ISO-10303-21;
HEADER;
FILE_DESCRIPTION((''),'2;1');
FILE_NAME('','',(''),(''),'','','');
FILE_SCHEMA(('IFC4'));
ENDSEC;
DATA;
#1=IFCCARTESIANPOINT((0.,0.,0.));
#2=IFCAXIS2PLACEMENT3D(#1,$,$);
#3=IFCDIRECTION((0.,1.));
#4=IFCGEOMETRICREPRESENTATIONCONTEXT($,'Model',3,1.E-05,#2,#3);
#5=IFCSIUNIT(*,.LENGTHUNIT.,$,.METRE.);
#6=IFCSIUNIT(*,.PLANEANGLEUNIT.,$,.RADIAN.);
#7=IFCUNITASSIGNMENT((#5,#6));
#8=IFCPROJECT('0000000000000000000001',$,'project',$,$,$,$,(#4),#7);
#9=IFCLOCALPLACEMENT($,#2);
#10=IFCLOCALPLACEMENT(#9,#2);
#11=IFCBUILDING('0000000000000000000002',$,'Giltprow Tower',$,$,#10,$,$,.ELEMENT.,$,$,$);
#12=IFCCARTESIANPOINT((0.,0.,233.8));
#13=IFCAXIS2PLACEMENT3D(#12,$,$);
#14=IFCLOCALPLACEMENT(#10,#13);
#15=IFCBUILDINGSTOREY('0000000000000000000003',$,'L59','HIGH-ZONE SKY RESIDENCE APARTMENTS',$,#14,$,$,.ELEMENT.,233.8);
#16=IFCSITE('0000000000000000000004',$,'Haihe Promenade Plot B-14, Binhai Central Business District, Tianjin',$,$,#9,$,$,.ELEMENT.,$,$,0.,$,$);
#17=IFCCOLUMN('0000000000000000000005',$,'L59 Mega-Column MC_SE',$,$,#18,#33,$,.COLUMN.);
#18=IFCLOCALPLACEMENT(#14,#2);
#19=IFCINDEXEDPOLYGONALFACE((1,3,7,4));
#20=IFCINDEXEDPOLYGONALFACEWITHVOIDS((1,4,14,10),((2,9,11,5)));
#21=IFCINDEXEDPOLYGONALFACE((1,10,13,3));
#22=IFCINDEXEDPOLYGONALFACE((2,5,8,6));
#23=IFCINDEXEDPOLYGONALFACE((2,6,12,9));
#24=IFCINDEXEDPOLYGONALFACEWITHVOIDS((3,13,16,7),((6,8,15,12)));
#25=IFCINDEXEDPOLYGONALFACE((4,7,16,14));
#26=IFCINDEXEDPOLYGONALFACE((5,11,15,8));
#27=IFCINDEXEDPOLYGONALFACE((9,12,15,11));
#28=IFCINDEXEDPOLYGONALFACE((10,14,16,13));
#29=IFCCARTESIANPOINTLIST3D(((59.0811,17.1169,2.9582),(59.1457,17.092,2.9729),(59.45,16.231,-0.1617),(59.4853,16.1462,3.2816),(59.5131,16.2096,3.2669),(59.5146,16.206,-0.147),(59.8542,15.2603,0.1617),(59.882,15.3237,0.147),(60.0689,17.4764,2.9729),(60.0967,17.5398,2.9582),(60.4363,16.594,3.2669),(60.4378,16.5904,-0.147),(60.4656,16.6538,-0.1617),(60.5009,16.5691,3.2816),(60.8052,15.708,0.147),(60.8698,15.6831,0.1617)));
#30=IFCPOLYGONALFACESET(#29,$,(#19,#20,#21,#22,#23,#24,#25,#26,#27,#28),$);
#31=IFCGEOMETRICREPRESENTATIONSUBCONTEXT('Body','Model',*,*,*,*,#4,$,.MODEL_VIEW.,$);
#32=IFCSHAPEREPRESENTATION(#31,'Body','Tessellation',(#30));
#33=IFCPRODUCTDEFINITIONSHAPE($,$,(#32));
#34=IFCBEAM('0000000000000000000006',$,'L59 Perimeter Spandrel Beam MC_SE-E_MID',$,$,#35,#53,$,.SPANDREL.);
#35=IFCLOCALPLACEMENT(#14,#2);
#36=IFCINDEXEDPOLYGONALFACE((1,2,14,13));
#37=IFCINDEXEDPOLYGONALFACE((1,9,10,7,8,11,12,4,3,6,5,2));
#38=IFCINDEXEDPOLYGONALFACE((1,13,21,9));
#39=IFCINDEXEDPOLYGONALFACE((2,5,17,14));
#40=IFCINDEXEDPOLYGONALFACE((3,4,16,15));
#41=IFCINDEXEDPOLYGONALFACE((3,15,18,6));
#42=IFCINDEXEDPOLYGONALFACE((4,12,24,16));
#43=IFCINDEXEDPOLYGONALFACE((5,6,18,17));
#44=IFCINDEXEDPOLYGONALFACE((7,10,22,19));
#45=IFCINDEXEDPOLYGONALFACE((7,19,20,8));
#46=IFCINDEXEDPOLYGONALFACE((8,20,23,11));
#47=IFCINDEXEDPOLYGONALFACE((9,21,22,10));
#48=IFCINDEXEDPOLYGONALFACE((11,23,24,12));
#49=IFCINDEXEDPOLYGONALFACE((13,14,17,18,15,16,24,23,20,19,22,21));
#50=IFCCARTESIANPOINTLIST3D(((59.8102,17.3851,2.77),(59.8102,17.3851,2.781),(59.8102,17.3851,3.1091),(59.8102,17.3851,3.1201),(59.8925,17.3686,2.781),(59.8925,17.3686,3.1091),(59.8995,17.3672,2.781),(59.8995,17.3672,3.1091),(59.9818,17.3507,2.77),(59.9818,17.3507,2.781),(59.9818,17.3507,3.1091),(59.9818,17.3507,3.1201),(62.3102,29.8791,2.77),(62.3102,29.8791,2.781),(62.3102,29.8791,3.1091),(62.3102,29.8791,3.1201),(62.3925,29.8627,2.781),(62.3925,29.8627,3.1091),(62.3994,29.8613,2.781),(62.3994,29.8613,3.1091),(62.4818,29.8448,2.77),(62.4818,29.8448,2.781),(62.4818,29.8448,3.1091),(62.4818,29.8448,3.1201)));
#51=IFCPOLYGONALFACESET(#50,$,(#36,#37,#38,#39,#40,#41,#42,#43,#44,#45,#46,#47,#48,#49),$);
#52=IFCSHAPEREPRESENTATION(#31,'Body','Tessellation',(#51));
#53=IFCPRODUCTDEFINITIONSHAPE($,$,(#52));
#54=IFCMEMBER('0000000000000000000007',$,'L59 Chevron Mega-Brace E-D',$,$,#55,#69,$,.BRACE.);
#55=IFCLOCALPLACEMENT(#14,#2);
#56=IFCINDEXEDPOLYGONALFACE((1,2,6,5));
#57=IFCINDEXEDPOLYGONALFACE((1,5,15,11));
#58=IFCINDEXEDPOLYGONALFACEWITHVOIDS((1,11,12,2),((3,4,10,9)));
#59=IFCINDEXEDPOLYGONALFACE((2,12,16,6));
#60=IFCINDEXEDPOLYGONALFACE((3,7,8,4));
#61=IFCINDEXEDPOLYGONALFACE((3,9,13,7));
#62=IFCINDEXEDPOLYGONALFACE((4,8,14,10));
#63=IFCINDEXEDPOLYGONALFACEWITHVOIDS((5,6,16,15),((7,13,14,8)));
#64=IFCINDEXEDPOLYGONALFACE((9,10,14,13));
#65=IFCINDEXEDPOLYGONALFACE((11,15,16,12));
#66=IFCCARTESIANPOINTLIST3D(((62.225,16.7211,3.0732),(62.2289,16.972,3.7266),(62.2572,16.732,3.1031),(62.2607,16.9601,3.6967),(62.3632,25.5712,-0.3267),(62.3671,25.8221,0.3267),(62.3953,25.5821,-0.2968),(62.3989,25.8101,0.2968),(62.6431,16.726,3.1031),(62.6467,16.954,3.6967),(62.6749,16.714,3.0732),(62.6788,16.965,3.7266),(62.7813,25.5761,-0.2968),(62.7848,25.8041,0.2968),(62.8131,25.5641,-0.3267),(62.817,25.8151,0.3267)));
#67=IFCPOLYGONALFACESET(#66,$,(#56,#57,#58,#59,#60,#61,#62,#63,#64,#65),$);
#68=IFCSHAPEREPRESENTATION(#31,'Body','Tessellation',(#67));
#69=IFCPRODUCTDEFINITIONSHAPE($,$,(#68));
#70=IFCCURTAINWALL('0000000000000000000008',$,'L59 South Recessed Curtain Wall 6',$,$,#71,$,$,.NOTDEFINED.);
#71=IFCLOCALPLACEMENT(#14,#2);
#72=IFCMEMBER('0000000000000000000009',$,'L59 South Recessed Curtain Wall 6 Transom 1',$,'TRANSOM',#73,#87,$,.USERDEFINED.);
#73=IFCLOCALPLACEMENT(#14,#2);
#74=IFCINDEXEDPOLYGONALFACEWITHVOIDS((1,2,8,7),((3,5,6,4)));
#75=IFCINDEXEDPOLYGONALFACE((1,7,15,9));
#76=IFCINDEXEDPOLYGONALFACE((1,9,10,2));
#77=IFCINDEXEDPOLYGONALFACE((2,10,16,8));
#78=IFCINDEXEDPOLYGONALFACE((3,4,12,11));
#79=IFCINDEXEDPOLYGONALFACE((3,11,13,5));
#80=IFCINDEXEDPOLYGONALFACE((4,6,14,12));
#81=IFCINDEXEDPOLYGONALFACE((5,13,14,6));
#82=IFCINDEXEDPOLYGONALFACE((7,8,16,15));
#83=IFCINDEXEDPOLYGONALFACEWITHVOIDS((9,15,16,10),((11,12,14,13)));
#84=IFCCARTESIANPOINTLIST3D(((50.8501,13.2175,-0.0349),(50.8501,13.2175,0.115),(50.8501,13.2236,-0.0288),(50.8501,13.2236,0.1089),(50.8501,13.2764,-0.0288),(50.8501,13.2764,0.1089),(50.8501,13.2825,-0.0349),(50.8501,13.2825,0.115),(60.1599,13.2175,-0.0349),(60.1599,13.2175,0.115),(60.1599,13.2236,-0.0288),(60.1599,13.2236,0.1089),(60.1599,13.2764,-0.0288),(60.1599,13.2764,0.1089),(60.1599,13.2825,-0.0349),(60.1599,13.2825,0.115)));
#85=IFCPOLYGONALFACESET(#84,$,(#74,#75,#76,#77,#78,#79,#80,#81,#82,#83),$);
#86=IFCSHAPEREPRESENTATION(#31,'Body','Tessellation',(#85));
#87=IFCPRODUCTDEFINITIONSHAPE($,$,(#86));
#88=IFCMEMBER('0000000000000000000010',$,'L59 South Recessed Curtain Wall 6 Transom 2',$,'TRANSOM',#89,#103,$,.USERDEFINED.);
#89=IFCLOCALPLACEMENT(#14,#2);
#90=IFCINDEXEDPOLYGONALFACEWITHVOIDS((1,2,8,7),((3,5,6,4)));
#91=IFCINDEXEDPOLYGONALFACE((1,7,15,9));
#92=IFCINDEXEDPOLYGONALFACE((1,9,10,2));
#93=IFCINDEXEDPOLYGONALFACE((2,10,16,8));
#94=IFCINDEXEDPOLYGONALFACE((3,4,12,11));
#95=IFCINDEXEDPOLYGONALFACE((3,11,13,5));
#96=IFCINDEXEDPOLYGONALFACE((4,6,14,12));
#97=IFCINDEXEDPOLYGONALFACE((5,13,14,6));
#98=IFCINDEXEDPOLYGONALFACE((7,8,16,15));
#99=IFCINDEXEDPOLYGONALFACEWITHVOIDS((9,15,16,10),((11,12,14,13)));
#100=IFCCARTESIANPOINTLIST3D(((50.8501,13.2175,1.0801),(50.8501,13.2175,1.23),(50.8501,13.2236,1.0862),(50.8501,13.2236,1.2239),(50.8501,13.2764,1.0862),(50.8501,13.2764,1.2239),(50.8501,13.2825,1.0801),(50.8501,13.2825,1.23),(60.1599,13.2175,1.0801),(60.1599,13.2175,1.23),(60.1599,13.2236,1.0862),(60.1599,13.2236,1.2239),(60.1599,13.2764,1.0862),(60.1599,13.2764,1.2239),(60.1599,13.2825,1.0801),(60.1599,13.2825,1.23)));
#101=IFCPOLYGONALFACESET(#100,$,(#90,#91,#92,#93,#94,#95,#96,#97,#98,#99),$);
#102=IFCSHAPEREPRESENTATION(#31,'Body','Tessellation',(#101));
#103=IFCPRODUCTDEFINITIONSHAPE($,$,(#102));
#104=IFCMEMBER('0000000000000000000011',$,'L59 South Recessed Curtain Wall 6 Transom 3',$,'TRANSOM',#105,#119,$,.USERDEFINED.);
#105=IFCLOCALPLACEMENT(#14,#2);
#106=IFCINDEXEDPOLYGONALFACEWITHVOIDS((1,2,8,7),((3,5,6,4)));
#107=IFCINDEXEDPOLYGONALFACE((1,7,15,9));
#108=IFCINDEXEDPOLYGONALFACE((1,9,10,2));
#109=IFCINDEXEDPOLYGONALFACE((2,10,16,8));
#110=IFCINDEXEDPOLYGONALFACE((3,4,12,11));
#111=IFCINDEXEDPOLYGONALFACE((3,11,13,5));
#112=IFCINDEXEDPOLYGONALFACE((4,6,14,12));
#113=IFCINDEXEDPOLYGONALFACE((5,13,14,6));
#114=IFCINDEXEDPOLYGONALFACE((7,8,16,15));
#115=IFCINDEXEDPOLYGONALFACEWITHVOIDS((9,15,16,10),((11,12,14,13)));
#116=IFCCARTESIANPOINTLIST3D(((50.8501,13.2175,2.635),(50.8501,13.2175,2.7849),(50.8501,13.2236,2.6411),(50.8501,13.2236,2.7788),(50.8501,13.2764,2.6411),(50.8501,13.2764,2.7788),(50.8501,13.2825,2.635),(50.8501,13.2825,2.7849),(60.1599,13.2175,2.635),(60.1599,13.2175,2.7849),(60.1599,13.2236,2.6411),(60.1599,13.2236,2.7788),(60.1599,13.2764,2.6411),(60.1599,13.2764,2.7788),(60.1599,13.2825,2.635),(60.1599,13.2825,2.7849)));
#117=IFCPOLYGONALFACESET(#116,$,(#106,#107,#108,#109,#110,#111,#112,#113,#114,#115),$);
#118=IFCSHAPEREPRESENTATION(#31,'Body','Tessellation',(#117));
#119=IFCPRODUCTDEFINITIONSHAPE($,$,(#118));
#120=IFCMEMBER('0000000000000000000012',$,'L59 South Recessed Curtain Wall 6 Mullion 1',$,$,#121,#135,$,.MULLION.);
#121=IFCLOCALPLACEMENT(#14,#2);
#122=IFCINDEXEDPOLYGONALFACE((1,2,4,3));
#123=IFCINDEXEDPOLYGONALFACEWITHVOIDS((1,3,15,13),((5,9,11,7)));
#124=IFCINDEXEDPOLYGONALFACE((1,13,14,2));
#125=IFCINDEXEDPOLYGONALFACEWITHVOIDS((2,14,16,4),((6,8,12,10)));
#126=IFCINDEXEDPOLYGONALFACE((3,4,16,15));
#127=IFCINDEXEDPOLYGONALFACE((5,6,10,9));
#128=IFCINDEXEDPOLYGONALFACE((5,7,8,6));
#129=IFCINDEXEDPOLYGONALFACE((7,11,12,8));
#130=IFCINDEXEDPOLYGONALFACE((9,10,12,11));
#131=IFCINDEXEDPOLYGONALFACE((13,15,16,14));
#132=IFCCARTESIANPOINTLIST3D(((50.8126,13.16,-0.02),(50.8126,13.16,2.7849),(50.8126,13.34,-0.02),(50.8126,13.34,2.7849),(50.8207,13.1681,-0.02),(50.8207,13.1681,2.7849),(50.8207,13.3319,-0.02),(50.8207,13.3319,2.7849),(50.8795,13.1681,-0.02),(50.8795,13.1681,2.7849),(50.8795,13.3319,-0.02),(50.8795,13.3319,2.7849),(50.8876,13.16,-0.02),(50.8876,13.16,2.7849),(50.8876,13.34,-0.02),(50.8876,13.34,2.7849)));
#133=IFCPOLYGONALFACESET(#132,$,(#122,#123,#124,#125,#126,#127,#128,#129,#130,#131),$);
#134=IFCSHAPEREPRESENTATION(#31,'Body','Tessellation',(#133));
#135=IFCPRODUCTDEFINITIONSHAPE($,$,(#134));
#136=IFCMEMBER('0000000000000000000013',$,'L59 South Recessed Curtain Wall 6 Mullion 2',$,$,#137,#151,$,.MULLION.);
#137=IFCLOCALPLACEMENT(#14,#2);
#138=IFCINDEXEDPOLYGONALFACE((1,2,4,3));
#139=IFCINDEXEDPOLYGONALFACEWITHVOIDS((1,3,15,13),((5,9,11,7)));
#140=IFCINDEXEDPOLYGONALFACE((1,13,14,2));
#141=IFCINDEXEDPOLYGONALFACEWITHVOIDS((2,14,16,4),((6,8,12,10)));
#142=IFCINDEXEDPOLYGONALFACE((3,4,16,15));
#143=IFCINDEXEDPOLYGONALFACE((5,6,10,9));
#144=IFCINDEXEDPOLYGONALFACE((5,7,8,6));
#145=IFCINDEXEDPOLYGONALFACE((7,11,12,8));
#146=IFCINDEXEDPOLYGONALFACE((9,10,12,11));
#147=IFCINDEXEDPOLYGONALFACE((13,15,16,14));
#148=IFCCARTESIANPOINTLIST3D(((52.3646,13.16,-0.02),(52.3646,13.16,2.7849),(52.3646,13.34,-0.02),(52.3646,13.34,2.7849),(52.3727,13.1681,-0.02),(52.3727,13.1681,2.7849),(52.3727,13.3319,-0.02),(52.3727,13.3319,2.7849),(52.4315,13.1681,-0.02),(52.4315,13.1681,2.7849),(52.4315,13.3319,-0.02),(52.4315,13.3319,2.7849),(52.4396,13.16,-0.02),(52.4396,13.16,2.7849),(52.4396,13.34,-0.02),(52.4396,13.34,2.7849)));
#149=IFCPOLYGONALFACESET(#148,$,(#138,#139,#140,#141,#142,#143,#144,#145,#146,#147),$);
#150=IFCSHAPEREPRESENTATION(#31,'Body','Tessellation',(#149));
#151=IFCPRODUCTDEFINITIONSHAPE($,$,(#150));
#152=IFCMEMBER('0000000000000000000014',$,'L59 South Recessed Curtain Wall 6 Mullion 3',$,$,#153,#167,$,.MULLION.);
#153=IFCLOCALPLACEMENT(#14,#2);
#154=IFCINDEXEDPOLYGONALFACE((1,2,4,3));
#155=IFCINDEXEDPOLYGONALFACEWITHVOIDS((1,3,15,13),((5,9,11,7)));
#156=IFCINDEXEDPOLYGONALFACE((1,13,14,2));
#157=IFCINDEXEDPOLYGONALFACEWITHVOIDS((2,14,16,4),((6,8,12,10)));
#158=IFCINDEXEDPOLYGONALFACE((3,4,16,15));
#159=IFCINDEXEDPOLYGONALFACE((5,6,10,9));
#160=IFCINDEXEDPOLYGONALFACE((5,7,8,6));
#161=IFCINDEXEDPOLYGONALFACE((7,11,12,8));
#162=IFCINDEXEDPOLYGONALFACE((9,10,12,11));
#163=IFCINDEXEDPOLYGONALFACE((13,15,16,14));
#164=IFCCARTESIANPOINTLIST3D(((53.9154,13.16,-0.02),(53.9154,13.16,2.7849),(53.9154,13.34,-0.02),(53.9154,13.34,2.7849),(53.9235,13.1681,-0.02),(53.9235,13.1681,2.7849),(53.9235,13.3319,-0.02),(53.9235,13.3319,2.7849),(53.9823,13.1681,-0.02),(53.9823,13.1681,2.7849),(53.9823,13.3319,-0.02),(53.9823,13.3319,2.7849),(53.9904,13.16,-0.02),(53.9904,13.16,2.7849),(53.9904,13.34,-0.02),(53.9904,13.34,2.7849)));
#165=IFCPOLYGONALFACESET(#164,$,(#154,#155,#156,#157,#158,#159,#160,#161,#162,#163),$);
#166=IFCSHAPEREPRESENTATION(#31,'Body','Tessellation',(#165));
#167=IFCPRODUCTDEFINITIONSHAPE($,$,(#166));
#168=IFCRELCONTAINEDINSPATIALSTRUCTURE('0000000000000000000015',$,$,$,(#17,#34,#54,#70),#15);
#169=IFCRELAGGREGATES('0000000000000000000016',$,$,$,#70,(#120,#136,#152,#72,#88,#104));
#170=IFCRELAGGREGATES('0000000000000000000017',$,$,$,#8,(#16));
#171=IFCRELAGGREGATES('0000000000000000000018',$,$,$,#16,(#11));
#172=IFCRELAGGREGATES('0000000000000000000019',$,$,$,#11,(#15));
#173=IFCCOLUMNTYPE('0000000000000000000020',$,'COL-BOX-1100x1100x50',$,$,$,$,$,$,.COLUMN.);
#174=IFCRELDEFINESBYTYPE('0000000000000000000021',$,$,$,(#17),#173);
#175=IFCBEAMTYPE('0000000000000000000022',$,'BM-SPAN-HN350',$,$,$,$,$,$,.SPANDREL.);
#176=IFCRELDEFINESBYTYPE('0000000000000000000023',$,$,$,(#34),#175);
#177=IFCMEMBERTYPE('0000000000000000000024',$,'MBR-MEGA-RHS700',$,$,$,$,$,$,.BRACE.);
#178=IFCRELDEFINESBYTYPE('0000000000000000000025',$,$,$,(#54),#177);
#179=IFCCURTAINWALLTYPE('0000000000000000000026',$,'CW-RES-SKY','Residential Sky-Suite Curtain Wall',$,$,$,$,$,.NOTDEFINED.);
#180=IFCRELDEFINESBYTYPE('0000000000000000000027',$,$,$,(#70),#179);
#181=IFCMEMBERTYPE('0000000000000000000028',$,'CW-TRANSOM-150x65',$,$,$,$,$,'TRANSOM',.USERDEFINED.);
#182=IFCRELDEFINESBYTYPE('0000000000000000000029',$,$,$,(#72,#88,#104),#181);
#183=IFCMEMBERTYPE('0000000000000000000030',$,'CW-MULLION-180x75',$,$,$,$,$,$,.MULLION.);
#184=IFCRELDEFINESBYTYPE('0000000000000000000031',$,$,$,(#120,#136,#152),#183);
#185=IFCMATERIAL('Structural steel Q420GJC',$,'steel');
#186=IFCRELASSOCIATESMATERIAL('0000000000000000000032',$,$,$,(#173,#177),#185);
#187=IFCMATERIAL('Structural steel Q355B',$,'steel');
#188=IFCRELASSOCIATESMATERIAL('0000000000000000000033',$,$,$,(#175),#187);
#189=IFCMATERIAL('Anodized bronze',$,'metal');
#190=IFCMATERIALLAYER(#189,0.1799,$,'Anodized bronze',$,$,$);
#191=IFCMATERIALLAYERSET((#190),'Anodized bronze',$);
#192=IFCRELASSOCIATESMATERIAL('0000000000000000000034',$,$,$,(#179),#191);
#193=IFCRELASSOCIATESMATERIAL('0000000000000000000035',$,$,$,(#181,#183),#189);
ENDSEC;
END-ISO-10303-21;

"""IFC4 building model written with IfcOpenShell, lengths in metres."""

from ifc_helpers import new_model, si_unit, direction, frame, origin, origin_2d, place, context, subcontext, project, spatial, hollow_rectangle, i_section, extrude, source, transform, mapped, material, layer, layer_set, material_profile, profile_set, type_object, element, aggregate, save


model = new_model("IFC4")

# Units and contexts
model_context = context("Model", 3, precision=1e-05, world=origin(), true_north=direction((0.0, 1.0)))
body_context = subcontext(model_context, "Body", "Model", "MODEL_VIEW")
ifc_project = project(units=[si_unit("LENGTHUNIT", "METRE"), si_unit("PLANEANGLEUNIT", "RADIAN")], contexts=[model_context])

# Site, building, storey
site_placement = place(None, origin())
site = spatial("IfcSite", under=ifc_project, at=site_placement, Name="Haihe Promenade Plot B-14, Binhai Central Business District, Tianjin", CompositionType="ELEMENT", RefElevation=0.0)
building_placement = place(site_placement, origin())
building = spatial("IfcBuilding", under=site, at=building_placement, Name="Giltprow Tower", CompositionType="ELEMENT")
storey_placement = place(building_placement, frame((0.0, 0.0, 233.8)))
storey = spatial("IfcBuildingStorey", under=building, at=storey_placement, Name="L59", Description="HIGH-ZONE SKY RESIDENCE APARTMENTS", CompositionType="ELEMENT", Elevation=233.8)

# Column
ifc_material_1 = material(Name="Structural steel Q420GJC", Category="steel")
ifc_material_profile_1 = material_profile(ifc_material_1, hollow_rectangle(XDim=1.1001, YDim=1.1001, WallThickness=0.05, at=origin_2d()), Name="BOX 1100x1100x50")
ifc_profile_set_1 = profile_set([ifc_material_profile_1], Name="Structural steel Q420GJC")
column_type = type_object("IfcColumnType", Name="COL-BOX-1100x1100x50", PredefinedType="COLUMN", material=ifc_profile_set_1)
shared_shape_1 = source(origin(), body_context, "Body", "SweptSolid", [
    extrude(hollow_rectangle(XDim=1.1001, YDim=1.1001, WallThickness=0.05, at=origin_2d()), origin(), (0.0, 0.0, 1.0), 3.2642),
])
column_placement = place(storey_placement, frame((60.1599, 15.957, 0.0), z_axis=(-0.113015, 0.27143, 0.9558), x_axis=(-0.923175, -0.384381, 0.0)))
element("IfcColumn", 1, at=column_placement, inside=storey, type_object=column_type, Name="L59 Mega-Column MC_SE", PredefinedType="COLUMN", context=body_context, shape_type="MappedRepresentation", body=[
    mapped(shared_shape_1, transform((0.0, 0.0, 0.0), x_axis=(1.0, 0.0, 0.0), y_axis=(0.0, 1.0, 0.0), z_axis=(0.0, 0.0, 1.0), scale=1.0)),
])

# Beam
ifc_material_2 = material(Name="Structural steel Q355B", Category="steel")
ifc_material_profile_2 = material_profile(ifc_material_2, i_section(OverallWidth=0.175, OverallDepth=0.3501, WebThickness=0.0071, FlangeThickness=0.011, at=origin_2d()), Name="HN 350x175x7x11")
ifc_profile_set_2 = profile_set([ifc_material_profile_2], Name="Structural steel Q355B")
beam_type = type_object("IfcBeamType", Name="BM-SPAN-HN350", PredefinedType="SPANDREL", material=ifc_profile_set_2)
shared_shape_2 = source(origin(), body_context, "Body", "SweptSolid", [
    extrude(i_section(OverallWidth=0.175, OverallDepth=0.3501, WebThickness=0.0071, FlangeThickness=0.011, at=origin_2d()), origin(), (0.0, 0.0, 1.0), 12.7417),
])
beam_placement = place(storey_placement, frame((59.896, 17.3679, 2.9451), z_axis=(0.196205, 0.980563, 0.0), x_axis=(-0.980563, 0.196205, 0.0)))
element("IfcBeam", 2, at=beam_placement, inside=storey, type_object=beam_type, Name="L59 Perimeter Spandrel Beam MC_SE-E_MID", PredefinedType="SPANDREL", context=body_context, shape_type="MappedRepresentation", body=[
    mapped(shared_shape_2, transform((0.0, 0.0, 0.0), x_axis=(1.0, 0.0, 0.0), y_axis=(0.0, 1.0, 0.0), z_axis=(0.0, 0.0, 1.0), scale=1.0)),
])

# Member
ifc_material_profile_3 = material_profile(ifc_material_1, hollow_rectangle(XDim=0.45, YDim=0.7, WallThickness=0.032, at=origin_2d()), Name="RHS 700x450x32")
ifc_profile_set_3 = profile_set([ifc_material_profile_3], Name="Structural steel Q420GJC")
member_type_1 = type_object("IfcMemberType", Name="MBR-MEGA-RHS700", PredefinedType="BRACE", material=ifc_profile_set_3)
shared_shape_3 = source(origin(), body_context, "Body", "SweptSolid", [
    extrude(hollow_rectangle(XDim=0.45, YDim=0.7, WallThickness=0.032, at=origin_2d()), origin(), (0.0, 0.0, 1.0), 9.4817),
])
member_1_placement = place(storey_placement, frame((62.5901, 25.6931, 0.0), z_axis=(-0.014574, -0.933387, 0.358575), x_axis=(0.999878, -0.015612, 0.0)))
element("IfcMember", 3, at=member_1_placement, inside=storey, type_object=member_type_1, Name="L59 Chevron Mega-Brace E-D", PredefinedType="BRACE", context=body_context, shape_type="MappedRepresentation", body=[
    mapped(shared_shape_3, transform((0.0, 0.0, 0.0), x_axis=(1.0, 0.0, 0.0), y_axis=(0.0, 1.0, 0.0), z_axis=(0.0, 0.0, 1.0), scale=1.0)),
])

# Curtain wall, members
ifc_material_3 = material(Name="Anodized bronze", Category="metal")
ifc_layer_1 = layer(ifc_material_3, 0.1799, Name="Anodized bronze")
ifc_layer_set_1 = layer_set([ifc_layer_1], Name="Anodized bronze")
curtain_wall_type = type_object("IfcCurtainWallType", Name="CW-RES-SKY", Description="Residential Sky-Suite Curtain Wall", PredefinedType="NOTDEFINED", material=ifc_layer_set_1)
curtain_wall_placement = place(storey_placement, origin())
curtain_wall = element("IfcCurtainWall", 4, at=curtain_wall_placement, inside=storey, type_object=curtain_wall_type, Name="L59 South Recessed Curtain Wall 6", PredefinedType="NOTDEFINED")
ifc_material_profile_4 = material_profile(ifc_material_3, hollow_rectangle(XDim=0.0649, YDim=0.1499, WallThickness=0.0061, at=origin_2d()), Name="RHS 150x65x6")
ifc_profile_set_4 = profile_set([ifc_material_profile_4], Name="Anodized bronze")
member_type_2 = type_object("IfcMemberType", Name="CW-TRANSOM-150x65", ElementType="TRANSOM", PredefinedType="USERDEFINED", material=ifc_profile_set_4)
shared_shape_4 = source(origin(), body_context, "Body", "SweptSolid", [
    extrude(hollow_rectangle(XDim=0.0649, YDim=0.1499, WallThickness=0.0061, at=origin_2d()), origin(), (0.0, 0.0, 1.0), 9.3098),
])
member_2_placement = place(storey_placement, frame((50.8501, 13.25, 0.04), z_axis=(1.0, 0.0, 0.0), x_axis=(0.0, 1.0, 0.0)))
member_2 = element("IfcMember", 5, at=member_2_placement, type_object=member_type_2, Name="L59 South Recessed Curtain Wall 6 Transom 1", ObjectType="TRANSOM", PredefinedType="USERDEFINED", context=body_context, shape_type="MappedRepresentation", body=[
    mapped(shared_shape_4, transform((0.0, 0.0, 0.0), x_axis=(1.0, 0.0, 0.0), y_axis=(0.0, 1.0, 0.0), z_axis=(0.0, 0.0, 1.0), scale=1.0)),
])
member_3_placement = place(storey_placement, frame((50.8501, 13.25, 1.155), z_axis=(1.0, 0.0, 0.0), x_axis=(0.0, 1.0, 0.0)))
member_3 = element("IfcMember", 6, at=member_3_placement, type_object=member_type_2, Name="L59 South Recessed Curtain Wall 6 Transom 2", ObjectType="TRANSOM", PredefinedType="USERDEFINED", context=body_context, shape_type="MappedRepresentation", body=[
    mapped(shared_shape_4, transform((0.0, 0.0, 0.0), x_axis=(1.0, 0.0, 0.0), y_axis=(0.0, 1.0, 0.0), z_axis=(0.0, 0.0, 1.0), scale=1.0)),
])
member_4_placement = place(storey_placement, frame((50.8501, 13.25, 2.71), z_axis=(1.0, 0.0, 0.0), x_axis=(0.0, 1.0, 0.0)))
member_4 = element("IfcMember", 7, at=member_4_placement, type_object=member_type_2, Name="L59 South Recessed Curtain Wall 6 Transom 3", ObjectType="TRANSOM", PredefinedType="USERDEFINED", context=body_context, shape_type="MappedRepresentation", body=[
    mapped(shared_shape_4, transform((0.0, 0.0, 0.0), x_axis=(1.0, 0.0, 0.0), y_axis=(0.0, 1.0, 0.0), z_axis=(0.0, 0.0, 1.0), scale=1.0)),
])
ifc_material_profile_5 = material_profile(ifc_material_3, hollow_rectangle(XDim=0.075, YDim=0.1799, WallThickness=0.0081, at=origin_2d()), Name="RHS 180x75x8")
ifc_profile_set_5 = profile_set([ifc_material_profile_5], Name="Anodized bronze")
member_type_3 = type_object("IfcMemberType", Name="CW-MULLION-180x75", PredefinedType="MULLION", material=ifc_profile_set_5)
shared_shape_5 = source(origin(), body_context, "Body", "SweptSolid", [
    extrude(hollow_rectangle(XDim=0.075, YDim=0.1799, WallThickness=0.0081, at=origin_2d()), origin(), (0.0, 0.0, 1.0), 2.8049),
])
member_5_placement = place(storey_placement, frame((50.8501, 13.25, -0.02), z_axis=(0.0, 0.0, 1.0), x_axis=(1.0, 0.0, 0.0)))
member_5 = element("IfcMember", 8, at=member_5_placement, type_object=member_type_3, Name="L59 South Recessed Curtain Wall 6 Mullion 1", PredefinedType="MULLION", context=body_context, shape_type="MappedRepresentation", body=[
    mapped(shared_shape_5, transform((0.0, 0.0, 0.0), x_axis=(1.0, 0.0, 0.0), y_axis=(0.0, 1.0, 0.0), z_axis=(0.0, 0.0, 1.0), scale=1.0)),
])
member_6_placement = place(storey_placement, frame((52.4021, 13.25, -0.02), z_axis=(0.0, 0.0, 1.0), x_axis=(1.0, 0.0, 0.0)))
member_6 = element("IfcMember", 9, at=member_6_placement, type_object=member_type_3, Name="L59 South Recessed Curtain Wall 6 Mullion 2", PredefinedType="MULLION", context=body_context, shape_type="MappedRepresentation", body=[
    mapped(shared_shape_5, transform((0.0, 0.0, 0.0), x_axis=(1.0, 0.0, 0.0), y_axis=(0.0, 1.0, 0.0), z_axis=(0.0, 0.0, 1.0), scale=1.0)),
])
member_7_placement = place(storey_placement, frame((53.9529, 13.25, -0.02), z_axis=(0.0, 0.0, 1.0), x_axis=(1.0, 0.0, 0.0)))
member_7 = element("IfcMember", 10, at=member_7_placement, type_object=member_type_3, Name="L59 South Recessed Curtain Wall 6 Mullion 3", PredefinedType="MULLION", context=body_context, shape_type="MappedRepresentation", body=[
    mapped(shared_shape_5, transform((0.0, 0.0, 0.0), x_axis=(1.0, 0.0, 0.0), y_axis=(0.0, 1.0, 0.0), z_axis=(0.0, 0.0, 1.0), scale=1.0)),
])

aggregate(curtain_wall, [member_5, member_6, member_7, member_2, member_3, member_4])

save(model, "model.ifc")
